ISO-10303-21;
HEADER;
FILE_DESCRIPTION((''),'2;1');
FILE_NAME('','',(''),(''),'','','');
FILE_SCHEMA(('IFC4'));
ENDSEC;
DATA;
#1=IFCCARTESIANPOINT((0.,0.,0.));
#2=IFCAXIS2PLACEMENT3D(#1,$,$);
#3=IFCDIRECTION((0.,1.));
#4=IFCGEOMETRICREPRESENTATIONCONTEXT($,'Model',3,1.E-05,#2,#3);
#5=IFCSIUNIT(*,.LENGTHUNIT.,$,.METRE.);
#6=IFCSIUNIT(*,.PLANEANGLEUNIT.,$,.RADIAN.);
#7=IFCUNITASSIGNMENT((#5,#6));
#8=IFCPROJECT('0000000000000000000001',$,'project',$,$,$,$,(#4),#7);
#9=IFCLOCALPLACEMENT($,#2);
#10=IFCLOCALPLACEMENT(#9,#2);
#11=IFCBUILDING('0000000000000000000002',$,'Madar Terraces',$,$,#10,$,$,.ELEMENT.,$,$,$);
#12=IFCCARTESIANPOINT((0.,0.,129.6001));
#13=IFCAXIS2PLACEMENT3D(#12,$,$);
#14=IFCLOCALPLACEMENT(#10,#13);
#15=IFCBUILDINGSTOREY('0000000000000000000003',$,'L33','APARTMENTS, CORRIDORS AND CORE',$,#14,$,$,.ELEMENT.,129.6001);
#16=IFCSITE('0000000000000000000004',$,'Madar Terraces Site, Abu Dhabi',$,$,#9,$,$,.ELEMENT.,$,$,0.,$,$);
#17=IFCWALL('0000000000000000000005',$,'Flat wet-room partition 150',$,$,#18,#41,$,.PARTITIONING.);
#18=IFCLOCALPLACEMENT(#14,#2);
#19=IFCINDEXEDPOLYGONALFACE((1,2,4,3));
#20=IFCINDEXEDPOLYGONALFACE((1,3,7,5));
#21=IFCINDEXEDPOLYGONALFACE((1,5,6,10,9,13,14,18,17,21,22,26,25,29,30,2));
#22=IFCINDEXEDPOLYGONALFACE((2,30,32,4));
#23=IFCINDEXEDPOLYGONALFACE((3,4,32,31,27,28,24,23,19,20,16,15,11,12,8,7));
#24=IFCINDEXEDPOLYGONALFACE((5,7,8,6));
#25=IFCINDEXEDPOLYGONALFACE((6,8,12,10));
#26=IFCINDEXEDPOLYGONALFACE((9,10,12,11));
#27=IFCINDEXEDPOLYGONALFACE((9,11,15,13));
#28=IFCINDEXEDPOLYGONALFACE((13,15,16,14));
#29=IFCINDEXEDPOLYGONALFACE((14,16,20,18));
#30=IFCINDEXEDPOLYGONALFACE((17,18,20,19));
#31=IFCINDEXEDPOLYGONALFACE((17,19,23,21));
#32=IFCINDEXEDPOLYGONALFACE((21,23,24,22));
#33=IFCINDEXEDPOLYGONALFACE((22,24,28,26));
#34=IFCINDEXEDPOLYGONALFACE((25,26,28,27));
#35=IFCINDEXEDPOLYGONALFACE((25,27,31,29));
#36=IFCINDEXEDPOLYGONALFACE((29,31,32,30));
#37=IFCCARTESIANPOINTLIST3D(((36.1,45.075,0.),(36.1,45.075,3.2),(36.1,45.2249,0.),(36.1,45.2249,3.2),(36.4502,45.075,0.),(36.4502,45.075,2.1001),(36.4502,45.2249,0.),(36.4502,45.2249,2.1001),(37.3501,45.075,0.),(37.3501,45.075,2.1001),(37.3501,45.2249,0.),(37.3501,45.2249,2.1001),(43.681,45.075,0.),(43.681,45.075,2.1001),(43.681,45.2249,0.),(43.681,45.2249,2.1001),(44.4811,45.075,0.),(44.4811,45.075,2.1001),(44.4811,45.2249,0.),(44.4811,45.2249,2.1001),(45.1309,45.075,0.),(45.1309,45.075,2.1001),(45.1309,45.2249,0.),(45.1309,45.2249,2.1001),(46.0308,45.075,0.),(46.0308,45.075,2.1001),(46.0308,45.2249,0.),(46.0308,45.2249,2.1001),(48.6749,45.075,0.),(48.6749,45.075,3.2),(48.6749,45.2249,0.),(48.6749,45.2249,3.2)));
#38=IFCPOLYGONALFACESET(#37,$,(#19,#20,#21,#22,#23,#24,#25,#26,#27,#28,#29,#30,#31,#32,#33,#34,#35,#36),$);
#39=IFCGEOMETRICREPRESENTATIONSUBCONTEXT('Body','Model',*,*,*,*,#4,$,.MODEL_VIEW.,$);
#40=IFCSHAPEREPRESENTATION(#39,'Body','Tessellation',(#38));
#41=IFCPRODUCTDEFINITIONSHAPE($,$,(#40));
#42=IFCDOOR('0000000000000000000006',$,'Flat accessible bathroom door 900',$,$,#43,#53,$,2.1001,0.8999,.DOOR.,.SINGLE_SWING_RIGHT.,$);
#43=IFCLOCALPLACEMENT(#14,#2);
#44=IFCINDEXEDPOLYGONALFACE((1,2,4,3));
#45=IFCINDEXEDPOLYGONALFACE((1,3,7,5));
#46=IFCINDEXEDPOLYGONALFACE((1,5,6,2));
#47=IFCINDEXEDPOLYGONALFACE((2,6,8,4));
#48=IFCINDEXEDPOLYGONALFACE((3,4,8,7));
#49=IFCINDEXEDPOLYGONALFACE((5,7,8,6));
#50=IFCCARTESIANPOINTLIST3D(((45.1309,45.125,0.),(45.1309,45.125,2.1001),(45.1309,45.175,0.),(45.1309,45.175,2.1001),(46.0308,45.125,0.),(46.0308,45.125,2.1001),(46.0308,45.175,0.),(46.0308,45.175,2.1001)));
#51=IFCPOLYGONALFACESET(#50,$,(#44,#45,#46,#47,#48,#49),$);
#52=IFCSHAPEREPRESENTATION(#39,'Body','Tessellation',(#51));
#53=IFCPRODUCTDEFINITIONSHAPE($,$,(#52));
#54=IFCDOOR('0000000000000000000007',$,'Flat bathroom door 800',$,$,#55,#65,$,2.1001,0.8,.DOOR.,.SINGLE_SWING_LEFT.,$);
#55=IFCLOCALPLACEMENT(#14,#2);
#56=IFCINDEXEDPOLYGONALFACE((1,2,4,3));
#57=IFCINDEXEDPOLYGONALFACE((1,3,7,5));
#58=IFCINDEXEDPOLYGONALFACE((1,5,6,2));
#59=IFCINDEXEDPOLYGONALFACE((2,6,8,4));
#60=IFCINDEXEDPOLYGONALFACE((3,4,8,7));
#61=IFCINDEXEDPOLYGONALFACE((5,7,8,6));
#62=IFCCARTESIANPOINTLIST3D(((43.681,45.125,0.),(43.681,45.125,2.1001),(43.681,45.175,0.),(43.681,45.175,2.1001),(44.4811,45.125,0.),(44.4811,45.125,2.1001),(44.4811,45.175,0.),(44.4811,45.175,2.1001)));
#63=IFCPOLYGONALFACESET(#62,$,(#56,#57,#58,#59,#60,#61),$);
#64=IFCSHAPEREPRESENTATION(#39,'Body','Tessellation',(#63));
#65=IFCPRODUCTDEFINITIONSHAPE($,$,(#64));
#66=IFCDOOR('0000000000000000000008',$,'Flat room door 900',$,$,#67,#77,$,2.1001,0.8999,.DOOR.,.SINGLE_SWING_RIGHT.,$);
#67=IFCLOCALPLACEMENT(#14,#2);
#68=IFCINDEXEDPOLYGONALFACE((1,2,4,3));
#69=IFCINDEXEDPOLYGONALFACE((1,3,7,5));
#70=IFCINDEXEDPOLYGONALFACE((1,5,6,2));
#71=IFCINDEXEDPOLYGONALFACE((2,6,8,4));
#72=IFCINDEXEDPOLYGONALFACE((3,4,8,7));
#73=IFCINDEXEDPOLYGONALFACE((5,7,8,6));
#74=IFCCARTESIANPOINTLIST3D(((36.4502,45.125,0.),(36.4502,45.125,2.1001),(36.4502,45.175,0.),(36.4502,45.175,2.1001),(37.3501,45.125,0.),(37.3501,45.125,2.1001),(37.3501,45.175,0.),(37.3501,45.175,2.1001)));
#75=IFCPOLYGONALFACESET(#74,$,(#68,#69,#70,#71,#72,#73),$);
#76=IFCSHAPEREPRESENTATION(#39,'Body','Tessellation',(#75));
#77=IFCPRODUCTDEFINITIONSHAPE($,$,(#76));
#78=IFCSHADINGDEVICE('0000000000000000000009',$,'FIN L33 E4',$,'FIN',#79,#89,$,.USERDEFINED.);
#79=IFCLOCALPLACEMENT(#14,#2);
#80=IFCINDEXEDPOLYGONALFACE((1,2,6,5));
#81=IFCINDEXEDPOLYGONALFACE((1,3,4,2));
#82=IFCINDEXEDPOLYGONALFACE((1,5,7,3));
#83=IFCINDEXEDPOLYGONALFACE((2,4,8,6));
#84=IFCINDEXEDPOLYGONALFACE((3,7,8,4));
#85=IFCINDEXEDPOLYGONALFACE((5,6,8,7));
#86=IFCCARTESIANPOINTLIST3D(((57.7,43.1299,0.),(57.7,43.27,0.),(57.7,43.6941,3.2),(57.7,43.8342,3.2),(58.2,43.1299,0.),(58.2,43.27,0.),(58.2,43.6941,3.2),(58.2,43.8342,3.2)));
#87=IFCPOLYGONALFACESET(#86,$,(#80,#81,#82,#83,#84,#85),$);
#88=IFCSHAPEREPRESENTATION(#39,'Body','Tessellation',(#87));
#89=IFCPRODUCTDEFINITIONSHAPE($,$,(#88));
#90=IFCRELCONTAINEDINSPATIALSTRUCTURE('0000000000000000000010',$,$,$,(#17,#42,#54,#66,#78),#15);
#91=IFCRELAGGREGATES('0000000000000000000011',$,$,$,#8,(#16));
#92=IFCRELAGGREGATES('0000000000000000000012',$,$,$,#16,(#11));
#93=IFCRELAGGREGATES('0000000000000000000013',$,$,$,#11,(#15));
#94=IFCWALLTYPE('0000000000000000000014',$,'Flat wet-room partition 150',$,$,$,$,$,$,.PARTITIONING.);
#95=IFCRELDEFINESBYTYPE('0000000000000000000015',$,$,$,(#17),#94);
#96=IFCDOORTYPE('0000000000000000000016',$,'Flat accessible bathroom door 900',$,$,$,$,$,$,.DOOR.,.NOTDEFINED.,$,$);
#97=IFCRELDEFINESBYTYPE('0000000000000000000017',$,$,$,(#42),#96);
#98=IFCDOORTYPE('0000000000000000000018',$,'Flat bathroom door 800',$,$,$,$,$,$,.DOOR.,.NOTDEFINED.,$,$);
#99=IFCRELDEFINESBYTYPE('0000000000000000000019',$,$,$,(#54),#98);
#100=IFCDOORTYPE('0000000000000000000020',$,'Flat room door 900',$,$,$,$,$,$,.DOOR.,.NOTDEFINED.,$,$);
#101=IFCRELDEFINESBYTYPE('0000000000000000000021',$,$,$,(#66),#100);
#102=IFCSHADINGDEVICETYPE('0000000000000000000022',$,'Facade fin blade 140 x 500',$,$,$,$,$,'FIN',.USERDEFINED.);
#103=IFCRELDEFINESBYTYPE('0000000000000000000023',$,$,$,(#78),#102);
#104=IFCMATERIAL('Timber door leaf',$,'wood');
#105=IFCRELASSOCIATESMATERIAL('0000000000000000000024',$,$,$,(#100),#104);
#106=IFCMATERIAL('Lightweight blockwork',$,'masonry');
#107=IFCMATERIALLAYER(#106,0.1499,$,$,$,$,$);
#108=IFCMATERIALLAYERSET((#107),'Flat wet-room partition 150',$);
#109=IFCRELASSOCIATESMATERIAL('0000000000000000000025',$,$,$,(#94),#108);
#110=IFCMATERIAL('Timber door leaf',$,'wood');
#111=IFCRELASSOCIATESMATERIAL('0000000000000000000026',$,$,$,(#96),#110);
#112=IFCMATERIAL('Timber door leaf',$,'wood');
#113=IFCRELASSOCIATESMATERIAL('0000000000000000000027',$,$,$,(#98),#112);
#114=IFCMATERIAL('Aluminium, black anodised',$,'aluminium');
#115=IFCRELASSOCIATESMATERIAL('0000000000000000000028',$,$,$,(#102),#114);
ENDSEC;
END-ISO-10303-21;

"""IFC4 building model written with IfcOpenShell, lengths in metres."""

from ifc_helpers import new_model, si_unit, direction, frame, frame_2d, origin, place, context, subcontext, project, spatial, polyline, rectangle, outline, extrude, material, layer, layer_set, type_object, element, fill, save


model = new_model("IFC4")

# Units and contexts
model_context = context("Model", 3, precision=1e-05, world=origin(), true_north=direction((0.0, 1.0)))
body_context = subcontext(model_context, "Body", "Model", "MODEL_VIEW")
ifc_project = project(units=[si_unit("LENGTHUNIT", "METRE"), si_unit("PLANEANGLEUNIT", "RADIAN")], contexts=[model_context])

# Site, building, storey
site_placement = place(None, origin())
site = spatial("IfcSite", under=ifc_project, at=site_placement, Name="Madar Terraces Site, Abu Dhabi", CompositionType="ELEMENT", RefElevation=0.0)
building_placement = place(site_placement, origin())
building = spatial("IfcBuilding", under=site, at=building_placement, Name="Madar Terraces", CompositionType="ELEMENT")
storey_placement = place(building_placement, frame((0.0, 0.0, 129.6001)))
storey = spatial("IfcBuildingStorey", under=building, at=storey_placement, Name="L33", Description="APARTMENTS, CORRIDORS AND CORE", CompositionType="ELEMENT", Elevation=129.6001)

# Shared definitions
ifc_material_1 = material(Name="Timber door leaf", Category="wood")
door_type_1 = type_object("IfcDoorType", Name="Flat room door 900", OperationType="NOTDEFINED", PredefinedType="DOOR", material=ifc_material_1)

# Shared definitions
ifc_material_2 = material(Name="Lightweight blockwork", Category="masonry")
ifc_layer_1 = layer(ifc_material_2, 0.1499)
ifc_layer_set_1 = layer_set([ifc_layer_1], Name="Flat wet-room partition 150")
wall_type_1 = type_object("IfcWallType", Name="Flat wet-room partition 150", PredefinedType="PARTITIONING", material=ifc_layer_set_1)

# Wall, openings, doors
wall_1_placement = place(storey_placement, frame((48.675, 45.1499, 0.0), z_axis=(0.0, 0.0, 1.0), x_axis=(-1.0, 0.0, 0.0)))
wall_1 = element("IfcWall", 1, at=wall_1_placement, inside=storey, type_object=wall_type_1, Name="Flat wet-room partition 150", PredefinedType="PARTITIONING", context=body_context, shape_type="SweptSolid", body=[
    extrude(rectangle(XDim=12.575, YDim=0.1499, at=frame_2d((6.2876, 0.0))), origin(), (0.0, 0.0, 1.0), 3.2),
])
opening_1_placement = place(wall_1_placement, frame((2.6443, 0.0, 0.0)))
opening_1 = element("IfcOpeningElement", 2, at=opening_1_placement, cuts=wall_1, PredefinedType="OPENING", context=body_context, shape_type="SweptSolid", body=[
    extrude(rectangle(XDim=0.8999, YDim=2.1001, at=frame_2d((0.45, 1.05))), frame((0.0, 0.085, 0.0), z_axis=(0.0, -1.0, 0.0), x_axis=(1.0, 0.0, 0.0)), (0.0, 0.0, 1.0), 0.1699),
])
opening_2_placement = place(wall_1_placement, frame((4.1941, 0.0, 0.0)))
opening_2 = element("IfcOpeningElement", 3, at=opening_2_placement, cuts=wall_1, PredefinedType="OPENING", context=body_context, shape_type="SweptSolid", body=[
    extrude(rectangle(XDim=0.8, YDim=2.1001, at=frame_2d((0.3999, 1.05))), frame((0.0, 0.085, 0.0), z_axis=(0.0, -1.0, 0.0), x_axis=(1.0, 0.0, 0.0)), (0.0, 0.0, 1.0), 0.1699),
])
opening_3_placement = place(wall_1_placement, frame((11.325, 0.0, 0.0)))
opening_3 = element("IfcOpeningElement", 4, at=opening_3_placement, cuts=wall_1, PredefinedType="OPENING", context=body_context, shape_type="SweptSolid", body=[
    extrude(rectangle(XDim=0.8999, YDim=2.1001, at=frame_2d((0.45, 1.05))), frame((0.0, 0.085, 0.0), z_axis=(0.0, -1.0, 0.0), x_axis=(1.0, 0.0, 0.0)), (0.0, 0.0, 1.0), 0.1699),
])
ifc_material_3 = material(Name="Timber door leaf", Category="wood")
door_type_2 = type_object("IfcDoorType", Name="Flat accessible bathroom door 900", OperationType="NOTDEFINED", PredefinedType="DOOR", material=ifc_material_3)
door_1_placement = place(opening_1_placement, origin())
door_1 = element("IfcDoor", 5, at=door_1_placement, inside=storey, type_object=door_type_2, Name="Flat accessible bathroom door 900", OperationType="SINGLE_SWING_RIGHT", OverallHeight=2.1001, OverallWidth=0.8999, PredefinedType="DOOR", context=body_context, shape_type="SweptSolid", body=[
    extrude(rectangle(XDim=0.8999, YDim=2.1001, at=frame_2d((0.45, 1.05))), frame((0.0, 0.0249, 0.0), z_axis=(0.0, -1.0, 0.0), x_axis=(1.0, 0.0, 0.0)), (0.0, 0.0, 1.0), 0.05),
])
fill(opening_1, door_1)
ifc_material_4 = material(Name="Timber door leaf", Category="wood")
door_type_3 = type_object("IfcDoorType", Name="Flat bathroom door 800", OperationType="NOTDEFINED", PredefinedType="DOOR", material=ifc_material_4)
door_2_placement = place(opening_2_placement, origin())
door_2 = element("IfcDoor", 6, at=door_2_placement, inside=storey, type_object=door_type_3, Name="Flat bathroom door 800", OperationType="SINGLE_SWING_LEFT", OverallHeight=2.1001, OverallWidth=0.8, PredefinedType="DOOR", context=body_context, shape_type="SweptSolid", body=[
    extrude(rectangle(XDim=0.8, YDim=2.1001, at=frame_2d((0.3999, 1.05))), frame((0.0, 0.0249, 0.0), z_axis=(0.0, -1.0, 0.0), x_axis=(1.0, 0.0, 0.0)), (0.0, 0.0, 1.0), 0.05),
])
fill(opening_2, door_2)
door_3_placement = place(opening_3_placement, origin())
door_3 = element("IfcDoor", 7, at=door_3_placement, inside=storey, type_object=door_type_1, Name="Flat room door 900", OperationType="SINGLE_SWING_RIGHT", OverallHeight=2.1001, OverallWidth=0.8999, PredefinedType="DOOR", context=body_context, shape_type="SweptSolid", body=[
    extrude(rectangle(XDim=0.8999, YDim=2.1001, at=frame_2d((0.45, 1.05))), frame((0.0, 0.0249, 0.0), z_axis=(0.0, -1.0, 0.0), x_axis=(1.0, 0.0, 0.0)), (0.0, 0.0, 1.0), 0.05),
])
fill(opening_3, door_3)

# Shading device
ifc_material_5 = material(Name="Aluminium, black anodised", Category="aluminium")
shading_device_type = type_object("IfcShadingDeviceType", Name="Facade fin blade 140 x 500", ElementType="FIN", PredefinedType="USERDEFINED", material=ifc_material_5)
shading_device_placement = place(storey_placement, frame((57.95, 43.1299, 0.0), z_axis=(0.0, 0.0, 1.0), x_axis=(0.0, 1.0, 0.0)))
element("IfcShadingDevice", 8, at=shading_device_placement, inside=storey, type_object=shading_device_type, Name="FIN L33 E4", ObjectType="FIN", PredefinedType="USERDEFINED", context=body_context, shape_type="SweptSolid", body=[
    extrude(outline(polyline([(0.0, 0.0), (0.1401, 0.0), (0.7043, 3.2), (0.5642, 3.2), (0.0, 0.0)])), frame((0.0, 0.25, 0.0), z_axis=(0.0, -1.0, 0.0), x_axis=(1.0, 0.0, 0.0)), (0.0, 0.0, 1.0), 0.5),
])

save(model, "model.ifc")
